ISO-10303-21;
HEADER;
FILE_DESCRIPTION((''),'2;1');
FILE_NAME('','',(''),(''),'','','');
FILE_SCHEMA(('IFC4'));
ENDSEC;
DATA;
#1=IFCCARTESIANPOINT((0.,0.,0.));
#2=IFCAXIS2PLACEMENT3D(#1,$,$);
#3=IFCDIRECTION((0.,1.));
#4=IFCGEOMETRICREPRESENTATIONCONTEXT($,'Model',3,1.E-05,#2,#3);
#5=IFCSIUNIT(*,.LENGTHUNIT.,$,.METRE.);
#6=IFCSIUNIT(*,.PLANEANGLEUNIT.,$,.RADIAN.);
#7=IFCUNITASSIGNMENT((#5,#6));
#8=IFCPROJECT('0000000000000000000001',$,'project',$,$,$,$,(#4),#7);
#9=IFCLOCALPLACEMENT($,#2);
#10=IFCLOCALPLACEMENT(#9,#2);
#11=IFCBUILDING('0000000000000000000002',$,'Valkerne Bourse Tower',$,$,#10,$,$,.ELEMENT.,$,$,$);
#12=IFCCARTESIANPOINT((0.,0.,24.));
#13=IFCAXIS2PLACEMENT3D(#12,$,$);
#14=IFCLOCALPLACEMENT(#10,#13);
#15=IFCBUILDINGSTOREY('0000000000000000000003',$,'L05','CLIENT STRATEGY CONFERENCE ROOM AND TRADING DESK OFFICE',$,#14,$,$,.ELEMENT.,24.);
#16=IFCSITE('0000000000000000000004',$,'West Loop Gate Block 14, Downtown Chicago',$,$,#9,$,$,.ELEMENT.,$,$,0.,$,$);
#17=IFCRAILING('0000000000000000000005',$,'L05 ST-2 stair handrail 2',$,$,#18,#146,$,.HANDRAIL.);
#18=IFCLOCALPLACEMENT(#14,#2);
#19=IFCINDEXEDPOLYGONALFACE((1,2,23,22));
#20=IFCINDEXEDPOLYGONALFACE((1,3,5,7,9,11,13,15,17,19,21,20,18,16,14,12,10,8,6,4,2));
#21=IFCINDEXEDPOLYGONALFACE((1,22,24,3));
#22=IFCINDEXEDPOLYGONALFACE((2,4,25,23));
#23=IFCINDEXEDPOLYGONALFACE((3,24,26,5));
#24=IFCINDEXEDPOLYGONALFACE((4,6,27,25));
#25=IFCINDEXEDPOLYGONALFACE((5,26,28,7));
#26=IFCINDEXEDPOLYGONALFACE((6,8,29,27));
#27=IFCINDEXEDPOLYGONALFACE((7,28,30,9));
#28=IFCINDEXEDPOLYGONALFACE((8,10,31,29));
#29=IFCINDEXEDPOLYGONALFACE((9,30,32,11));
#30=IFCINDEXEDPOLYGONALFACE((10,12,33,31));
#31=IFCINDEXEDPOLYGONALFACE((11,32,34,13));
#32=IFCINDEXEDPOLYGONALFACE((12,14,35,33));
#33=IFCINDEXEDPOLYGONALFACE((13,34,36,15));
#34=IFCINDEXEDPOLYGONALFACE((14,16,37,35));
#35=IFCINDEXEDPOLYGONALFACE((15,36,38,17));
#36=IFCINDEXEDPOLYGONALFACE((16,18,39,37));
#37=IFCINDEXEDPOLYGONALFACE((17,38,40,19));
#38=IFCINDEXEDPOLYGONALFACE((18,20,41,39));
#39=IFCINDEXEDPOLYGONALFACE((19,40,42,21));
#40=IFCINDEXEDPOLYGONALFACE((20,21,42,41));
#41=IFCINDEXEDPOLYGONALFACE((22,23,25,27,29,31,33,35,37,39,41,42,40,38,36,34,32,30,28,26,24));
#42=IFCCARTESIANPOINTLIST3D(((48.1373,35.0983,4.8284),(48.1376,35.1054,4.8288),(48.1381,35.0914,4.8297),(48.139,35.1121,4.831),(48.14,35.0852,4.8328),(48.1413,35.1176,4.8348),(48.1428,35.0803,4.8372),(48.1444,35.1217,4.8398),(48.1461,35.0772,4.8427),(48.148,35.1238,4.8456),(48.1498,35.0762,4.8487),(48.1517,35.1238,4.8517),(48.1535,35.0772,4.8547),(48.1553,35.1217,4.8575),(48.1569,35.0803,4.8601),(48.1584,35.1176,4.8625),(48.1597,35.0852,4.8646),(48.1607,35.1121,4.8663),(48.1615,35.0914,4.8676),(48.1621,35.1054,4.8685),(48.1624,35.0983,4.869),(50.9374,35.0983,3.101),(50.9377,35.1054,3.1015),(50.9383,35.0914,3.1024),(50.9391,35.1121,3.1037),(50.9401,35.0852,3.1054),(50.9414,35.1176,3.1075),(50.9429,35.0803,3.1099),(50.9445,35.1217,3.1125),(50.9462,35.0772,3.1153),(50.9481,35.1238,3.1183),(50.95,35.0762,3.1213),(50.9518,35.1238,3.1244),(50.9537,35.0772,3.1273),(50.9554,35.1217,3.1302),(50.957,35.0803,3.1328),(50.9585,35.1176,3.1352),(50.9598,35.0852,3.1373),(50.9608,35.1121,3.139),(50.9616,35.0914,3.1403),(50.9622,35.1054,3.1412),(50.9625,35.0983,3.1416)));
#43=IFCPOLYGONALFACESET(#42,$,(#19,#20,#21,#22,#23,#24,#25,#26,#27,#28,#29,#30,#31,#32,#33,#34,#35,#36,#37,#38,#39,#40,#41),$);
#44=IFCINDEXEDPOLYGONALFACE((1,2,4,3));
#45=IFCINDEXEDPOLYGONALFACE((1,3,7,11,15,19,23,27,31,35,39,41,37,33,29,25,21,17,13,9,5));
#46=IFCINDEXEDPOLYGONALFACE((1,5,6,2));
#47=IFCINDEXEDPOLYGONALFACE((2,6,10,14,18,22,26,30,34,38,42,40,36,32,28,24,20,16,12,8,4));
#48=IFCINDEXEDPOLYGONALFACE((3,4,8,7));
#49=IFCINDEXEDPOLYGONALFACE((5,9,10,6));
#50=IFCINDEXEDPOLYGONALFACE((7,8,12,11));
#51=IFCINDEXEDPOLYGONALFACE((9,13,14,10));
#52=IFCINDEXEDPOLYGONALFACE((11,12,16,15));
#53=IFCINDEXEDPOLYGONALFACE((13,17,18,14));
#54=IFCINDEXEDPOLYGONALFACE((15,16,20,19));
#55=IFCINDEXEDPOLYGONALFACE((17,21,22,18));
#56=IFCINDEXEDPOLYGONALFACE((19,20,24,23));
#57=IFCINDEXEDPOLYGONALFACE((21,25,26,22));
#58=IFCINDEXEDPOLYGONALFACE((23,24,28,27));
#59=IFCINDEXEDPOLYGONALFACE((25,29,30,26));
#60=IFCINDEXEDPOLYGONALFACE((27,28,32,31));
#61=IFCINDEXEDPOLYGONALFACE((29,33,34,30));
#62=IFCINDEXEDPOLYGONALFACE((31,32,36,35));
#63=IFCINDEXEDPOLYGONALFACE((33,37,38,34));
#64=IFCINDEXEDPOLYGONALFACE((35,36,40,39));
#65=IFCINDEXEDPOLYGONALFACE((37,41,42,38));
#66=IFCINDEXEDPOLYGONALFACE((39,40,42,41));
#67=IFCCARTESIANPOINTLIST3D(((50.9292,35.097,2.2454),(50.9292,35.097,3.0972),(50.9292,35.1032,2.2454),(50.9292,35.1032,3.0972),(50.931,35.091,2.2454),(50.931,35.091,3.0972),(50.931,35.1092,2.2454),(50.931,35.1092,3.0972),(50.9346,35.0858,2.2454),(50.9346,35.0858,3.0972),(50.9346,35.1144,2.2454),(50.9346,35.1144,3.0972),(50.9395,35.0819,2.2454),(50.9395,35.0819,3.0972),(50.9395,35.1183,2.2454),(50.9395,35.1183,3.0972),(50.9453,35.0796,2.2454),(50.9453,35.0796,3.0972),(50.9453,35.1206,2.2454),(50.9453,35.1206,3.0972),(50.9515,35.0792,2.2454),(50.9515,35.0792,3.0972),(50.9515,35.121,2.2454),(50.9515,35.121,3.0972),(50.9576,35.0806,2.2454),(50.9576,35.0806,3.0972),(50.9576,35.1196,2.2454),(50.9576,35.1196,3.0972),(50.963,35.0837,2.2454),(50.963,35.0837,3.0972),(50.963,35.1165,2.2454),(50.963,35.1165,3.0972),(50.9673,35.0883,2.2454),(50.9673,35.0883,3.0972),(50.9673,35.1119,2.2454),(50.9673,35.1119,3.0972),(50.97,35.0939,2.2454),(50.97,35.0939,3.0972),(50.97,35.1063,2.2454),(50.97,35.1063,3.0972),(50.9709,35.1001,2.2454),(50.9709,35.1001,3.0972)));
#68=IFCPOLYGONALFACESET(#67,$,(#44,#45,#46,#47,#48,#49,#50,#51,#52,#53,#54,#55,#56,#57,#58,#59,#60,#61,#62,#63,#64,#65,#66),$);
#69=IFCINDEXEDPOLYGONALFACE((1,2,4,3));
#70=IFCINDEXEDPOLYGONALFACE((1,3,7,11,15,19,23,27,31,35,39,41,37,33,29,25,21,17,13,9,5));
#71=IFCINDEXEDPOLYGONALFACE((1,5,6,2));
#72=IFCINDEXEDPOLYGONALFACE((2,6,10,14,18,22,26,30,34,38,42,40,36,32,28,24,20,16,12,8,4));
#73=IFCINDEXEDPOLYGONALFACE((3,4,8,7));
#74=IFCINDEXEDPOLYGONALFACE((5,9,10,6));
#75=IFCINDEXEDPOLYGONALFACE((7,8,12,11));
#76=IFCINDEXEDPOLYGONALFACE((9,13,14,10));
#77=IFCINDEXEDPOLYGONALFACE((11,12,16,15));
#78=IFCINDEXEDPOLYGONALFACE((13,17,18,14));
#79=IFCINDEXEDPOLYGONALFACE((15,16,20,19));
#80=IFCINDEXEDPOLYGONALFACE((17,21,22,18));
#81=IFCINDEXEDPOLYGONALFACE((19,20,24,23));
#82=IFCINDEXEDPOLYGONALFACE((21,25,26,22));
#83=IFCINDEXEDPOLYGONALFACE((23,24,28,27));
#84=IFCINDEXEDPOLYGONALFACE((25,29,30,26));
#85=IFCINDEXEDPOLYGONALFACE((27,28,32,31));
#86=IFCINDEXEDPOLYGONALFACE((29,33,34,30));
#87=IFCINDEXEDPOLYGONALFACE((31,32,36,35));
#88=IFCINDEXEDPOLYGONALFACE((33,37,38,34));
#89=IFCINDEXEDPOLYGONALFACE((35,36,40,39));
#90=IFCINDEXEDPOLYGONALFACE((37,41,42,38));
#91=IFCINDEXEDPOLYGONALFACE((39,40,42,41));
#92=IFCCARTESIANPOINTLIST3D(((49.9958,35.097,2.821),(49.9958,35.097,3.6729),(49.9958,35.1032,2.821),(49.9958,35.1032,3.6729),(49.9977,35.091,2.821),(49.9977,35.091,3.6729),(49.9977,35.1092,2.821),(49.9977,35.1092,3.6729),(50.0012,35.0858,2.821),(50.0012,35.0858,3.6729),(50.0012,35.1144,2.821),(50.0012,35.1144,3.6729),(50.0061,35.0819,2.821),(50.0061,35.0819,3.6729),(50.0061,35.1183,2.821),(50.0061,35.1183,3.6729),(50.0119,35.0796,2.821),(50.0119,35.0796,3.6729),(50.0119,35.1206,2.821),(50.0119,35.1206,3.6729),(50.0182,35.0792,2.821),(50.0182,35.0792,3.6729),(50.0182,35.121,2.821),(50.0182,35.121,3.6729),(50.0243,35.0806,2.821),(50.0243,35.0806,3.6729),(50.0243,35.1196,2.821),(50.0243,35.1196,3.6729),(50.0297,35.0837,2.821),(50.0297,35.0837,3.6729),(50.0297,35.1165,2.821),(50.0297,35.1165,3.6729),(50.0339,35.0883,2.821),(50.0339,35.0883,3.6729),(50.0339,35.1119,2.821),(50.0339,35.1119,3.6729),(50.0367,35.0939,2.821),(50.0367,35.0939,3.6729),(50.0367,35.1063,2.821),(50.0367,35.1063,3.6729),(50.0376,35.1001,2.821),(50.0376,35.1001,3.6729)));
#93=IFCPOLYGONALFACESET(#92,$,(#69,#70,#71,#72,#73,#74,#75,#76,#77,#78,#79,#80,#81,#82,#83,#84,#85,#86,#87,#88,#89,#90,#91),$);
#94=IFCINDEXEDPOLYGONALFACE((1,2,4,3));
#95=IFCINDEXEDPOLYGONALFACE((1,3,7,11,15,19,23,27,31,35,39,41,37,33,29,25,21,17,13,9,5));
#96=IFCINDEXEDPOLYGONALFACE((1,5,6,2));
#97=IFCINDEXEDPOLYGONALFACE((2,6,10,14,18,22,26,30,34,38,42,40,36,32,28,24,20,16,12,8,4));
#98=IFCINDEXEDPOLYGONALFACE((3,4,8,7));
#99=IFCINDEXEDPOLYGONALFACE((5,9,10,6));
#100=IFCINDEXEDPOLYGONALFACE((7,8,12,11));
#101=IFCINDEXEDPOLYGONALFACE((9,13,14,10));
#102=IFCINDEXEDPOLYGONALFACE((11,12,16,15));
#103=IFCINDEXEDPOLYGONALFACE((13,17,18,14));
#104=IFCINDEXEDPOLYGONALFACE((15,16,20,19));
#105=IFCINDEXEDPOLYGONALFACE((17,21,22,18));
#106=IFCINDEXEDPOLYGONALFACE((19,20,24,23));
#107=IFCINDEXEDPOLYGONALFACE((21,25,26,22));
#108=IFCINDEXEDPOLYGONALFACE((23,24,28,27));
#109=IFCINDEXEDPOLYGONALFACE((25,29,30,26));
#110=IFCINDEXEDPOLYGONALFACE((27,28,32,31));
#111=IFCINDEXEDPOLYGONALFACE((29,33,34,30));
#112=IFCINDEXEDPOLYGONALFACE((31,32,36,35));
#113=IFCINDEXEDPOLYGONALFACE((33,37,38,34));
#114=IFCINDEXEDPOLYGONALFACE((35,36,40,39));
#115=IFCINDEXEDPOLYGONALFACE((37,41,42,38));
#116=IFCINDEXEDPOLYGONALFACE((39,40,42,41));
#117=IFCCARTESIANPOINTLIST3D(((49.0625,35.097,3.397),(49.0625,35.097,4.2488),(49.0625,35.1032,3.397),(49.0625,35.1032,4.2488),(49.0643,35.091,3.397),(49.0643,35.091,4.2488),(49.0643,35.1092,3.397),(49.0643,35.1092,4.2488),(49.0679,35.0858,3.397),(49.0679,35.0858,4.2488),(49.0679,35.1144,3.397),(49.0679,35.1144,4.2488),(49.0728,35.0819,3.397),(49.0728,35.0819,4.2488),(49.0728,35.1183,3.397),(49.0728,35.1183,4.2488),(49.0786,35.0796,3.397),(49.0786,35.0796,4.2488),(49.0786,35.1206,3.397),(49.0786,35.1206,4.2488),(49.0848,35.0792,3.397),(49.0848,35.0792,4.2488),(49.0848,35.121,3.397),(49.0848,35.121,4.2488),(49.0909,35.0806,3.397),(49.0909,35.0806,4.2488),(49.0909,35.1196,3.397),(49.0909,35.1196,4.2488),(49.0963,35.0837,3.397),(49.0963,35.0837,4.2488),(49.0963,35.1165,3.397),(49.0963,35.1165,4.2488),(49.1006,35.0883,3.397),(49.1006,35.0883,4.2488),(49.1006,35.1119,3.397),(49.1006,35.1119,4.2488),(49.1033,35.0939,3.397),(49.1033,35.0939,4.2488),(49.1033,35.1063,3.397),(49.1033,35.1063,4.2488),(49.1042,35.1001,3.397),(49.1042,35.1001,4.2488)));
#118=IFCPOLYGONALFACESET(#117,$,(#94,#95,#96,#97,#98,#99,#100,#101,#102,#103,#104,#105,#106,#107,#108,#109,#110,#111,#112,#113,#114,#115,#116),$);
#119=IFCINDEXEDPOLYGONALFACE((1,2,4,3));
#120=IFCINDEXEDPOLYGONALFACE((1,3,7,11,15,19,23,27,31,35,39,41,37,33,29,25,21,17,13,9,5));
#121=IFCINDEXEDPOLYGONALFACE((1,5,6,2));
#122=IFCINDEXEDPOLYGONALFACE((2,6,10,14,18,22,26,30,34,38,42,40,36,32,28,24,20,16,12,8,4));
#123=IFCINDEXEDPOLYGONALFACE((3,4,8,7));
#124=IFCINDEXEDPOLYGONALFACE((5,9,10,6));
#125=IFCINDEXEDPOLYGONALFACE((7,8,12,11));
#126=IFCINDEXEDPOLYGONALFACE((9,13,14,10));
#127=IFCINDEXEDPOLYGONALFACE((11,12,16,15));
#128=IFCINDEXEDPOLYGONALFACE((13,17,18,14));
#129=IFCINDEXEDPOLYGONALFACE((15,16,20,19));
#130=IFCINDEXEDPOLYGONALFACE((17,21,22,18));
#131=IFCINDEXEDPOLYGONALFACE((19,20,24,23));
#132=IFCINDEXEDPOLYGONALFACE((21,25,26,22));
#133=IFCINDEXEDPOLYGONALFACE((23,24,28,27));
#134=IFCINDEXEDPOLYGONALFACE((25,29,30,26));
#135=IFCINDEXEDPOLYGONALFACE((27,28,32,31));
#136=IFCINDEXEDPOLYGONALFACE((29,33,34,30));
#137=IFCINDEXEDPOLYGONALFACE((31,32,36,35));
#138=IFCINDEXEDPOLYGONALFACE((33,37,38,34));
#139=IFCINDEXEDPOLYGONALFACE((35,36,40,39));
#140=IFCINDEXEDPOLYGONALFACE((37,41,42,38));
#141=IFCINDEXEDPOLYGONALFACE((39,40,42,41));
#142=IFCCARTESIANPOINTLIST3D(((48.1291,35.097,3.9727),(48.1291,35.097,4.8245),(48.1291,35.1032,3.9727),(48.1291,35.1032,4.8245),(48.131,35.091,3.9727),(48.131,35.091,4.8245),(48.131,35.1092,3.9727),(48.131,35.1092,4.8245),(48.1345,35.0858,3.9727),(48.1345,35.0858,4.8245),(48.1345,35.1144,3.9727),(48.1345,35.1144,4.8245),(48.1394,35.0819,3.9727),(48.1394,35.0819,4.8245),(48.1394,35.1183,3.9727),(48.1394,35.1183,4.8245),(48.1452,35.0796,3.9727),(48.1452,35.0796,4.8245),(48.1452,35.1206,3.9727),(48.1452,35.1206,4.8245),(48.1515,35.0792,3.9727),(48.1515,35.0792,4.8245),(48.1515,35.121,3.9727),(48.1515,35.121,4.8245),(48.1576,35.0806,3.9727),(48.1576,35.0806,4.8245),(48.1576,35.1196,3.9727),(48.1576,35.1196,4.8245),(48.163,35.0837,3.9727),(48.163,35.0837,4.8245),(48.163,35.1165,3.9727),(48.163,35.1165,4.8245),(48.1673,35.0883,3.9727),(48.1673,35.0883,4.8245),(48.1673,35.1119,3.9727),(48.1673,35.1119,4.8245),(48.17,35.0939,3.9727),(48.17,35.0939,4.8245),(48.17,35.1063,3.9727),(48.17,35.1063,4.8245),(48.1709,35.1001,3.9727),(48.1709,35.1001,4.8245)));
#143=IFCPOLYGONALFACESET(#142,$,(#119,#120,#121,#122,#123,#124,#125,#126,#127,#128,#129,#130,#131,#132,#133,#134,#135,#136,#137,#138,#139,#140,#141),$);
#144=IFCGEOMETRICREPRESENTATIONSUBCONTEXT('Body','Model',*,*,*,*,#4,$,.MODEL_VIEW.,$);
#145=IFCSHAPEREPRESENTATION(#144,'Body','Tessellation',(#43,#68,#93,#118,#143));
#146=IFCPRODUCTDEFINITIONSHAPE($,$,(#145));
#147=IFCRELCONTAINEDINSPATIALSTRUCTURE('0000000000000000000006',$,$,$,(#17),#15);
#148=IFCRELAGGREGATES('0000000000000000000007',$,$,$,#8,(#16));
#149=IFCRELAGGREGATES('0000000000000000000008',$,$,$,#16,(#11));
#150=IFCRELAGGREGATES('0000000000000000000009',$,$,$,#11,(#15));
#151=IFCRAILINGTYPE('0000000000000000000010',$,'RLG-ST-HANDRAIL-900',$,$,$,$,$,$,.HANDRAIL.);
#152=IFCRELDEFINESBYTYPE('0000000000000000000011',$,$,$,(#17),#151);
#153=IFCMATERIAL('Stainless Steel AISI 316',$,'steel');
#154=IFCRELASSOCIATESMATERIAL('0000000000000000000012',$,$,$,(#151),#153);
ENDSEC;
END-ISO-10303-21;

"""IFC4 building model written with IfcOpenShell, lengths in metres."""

from ifc_helpers import new_model, si_unit, direction, frame, origin, origin_2d, place, context, subcontext, project, spatial, circle, extrude, material, type_object, element, save


model = new_model("IFC4")

# Units and contexts
model_context = context("Model", 3, precision=1e-05, world=origin(), true_north=direction((0.0, 1.0)))
body_context = subcontext(model_context, "Body", "Model", "MODEL_VIEW")
ifc_project = project(units=[si_unit("LENGTHUNIT", "METRE"), si_unit("PLANEANGLEUNIT", "RADIAN")], contexts=[model_context])

# Site, building, storey
site_placement = place(None, origin())
site = spatial("IfcSite", under=ifc_project, at=site_placement, Name="West Loop Gate Block 14, Downtown Chicago", CompositionType="ELEMENT", RefElevation=0.0)
building_placement = place(site_placement, origin())
building = spatial("IfcBuilding", under=site, at=building_placement, Name="Valkerne Bourse Tower", CompositionType="ELEMENT")
storey_placement = place(building_placement, frame((0.0, 0.0, 24.0)))
storey = spatial("IfcBuildingStorey", under=building, at=storey_placement, Name="L05", Description="CLIENT STRATEGY CONFERENCE ROOM AND TRADING DESK OFFICE", CompositionType="ELEMENT", Elevation=24.0)

# Shared definitions
ifc_material_1 = material(Name="Stainless Steel AISI 316", Category="steel")

# Railing
railing_type_1 = type_object("IfcRailingType", Name="RLG-ST-HANDRAIL-900", PredefinedType="HANDRAIL", material=ifc_material_1)
railing_1_placement = place(storey_placement, frame((50.95, 35.1001, 2.2454)))
element("IfcRailing", 1, at=railing_1_placement, inside=storey, type_object=railing_type_1, Name="L05 ST-2 stair handrail 2", PredefinedType="HANDRAIL", context=body_context, shape_type="SweptSolid", body=[
    extrude(circle(Radius=0.0239, at=origin_2d()), frame((0.0, 0.0, 0.876), z_axis=(-0.85109, 0.0, 0.52502), x_axis=(0.0, -1.0, 0.0)), (0.0, 0.0, 1.0), 3.29),
    extrude(circle(Radius=0.021, at=origin_2d()), origin(), (0.0, 0.0, 1.0), 0.8518),
    extrude(circle(Radius=0.021, at=origin_2d()), frame((-0.9333, 0.0, 0.5757)), (0.0, 0.0, 1.0), 0.8518),
    extrude(circle(Radius=0.021, at=origin_2d()), frame((-1.8667, 0.0, 1.1516)), (0.0, 0.0, 1.0), 0.8518),
    extrude(circle(Radius=0.021, at=origin_2d()), frame((-2.8, 0.0, 1.7273)), (0.0, 0.0, 1.0), 0.8518),
])

save(model, "model.ifc")
